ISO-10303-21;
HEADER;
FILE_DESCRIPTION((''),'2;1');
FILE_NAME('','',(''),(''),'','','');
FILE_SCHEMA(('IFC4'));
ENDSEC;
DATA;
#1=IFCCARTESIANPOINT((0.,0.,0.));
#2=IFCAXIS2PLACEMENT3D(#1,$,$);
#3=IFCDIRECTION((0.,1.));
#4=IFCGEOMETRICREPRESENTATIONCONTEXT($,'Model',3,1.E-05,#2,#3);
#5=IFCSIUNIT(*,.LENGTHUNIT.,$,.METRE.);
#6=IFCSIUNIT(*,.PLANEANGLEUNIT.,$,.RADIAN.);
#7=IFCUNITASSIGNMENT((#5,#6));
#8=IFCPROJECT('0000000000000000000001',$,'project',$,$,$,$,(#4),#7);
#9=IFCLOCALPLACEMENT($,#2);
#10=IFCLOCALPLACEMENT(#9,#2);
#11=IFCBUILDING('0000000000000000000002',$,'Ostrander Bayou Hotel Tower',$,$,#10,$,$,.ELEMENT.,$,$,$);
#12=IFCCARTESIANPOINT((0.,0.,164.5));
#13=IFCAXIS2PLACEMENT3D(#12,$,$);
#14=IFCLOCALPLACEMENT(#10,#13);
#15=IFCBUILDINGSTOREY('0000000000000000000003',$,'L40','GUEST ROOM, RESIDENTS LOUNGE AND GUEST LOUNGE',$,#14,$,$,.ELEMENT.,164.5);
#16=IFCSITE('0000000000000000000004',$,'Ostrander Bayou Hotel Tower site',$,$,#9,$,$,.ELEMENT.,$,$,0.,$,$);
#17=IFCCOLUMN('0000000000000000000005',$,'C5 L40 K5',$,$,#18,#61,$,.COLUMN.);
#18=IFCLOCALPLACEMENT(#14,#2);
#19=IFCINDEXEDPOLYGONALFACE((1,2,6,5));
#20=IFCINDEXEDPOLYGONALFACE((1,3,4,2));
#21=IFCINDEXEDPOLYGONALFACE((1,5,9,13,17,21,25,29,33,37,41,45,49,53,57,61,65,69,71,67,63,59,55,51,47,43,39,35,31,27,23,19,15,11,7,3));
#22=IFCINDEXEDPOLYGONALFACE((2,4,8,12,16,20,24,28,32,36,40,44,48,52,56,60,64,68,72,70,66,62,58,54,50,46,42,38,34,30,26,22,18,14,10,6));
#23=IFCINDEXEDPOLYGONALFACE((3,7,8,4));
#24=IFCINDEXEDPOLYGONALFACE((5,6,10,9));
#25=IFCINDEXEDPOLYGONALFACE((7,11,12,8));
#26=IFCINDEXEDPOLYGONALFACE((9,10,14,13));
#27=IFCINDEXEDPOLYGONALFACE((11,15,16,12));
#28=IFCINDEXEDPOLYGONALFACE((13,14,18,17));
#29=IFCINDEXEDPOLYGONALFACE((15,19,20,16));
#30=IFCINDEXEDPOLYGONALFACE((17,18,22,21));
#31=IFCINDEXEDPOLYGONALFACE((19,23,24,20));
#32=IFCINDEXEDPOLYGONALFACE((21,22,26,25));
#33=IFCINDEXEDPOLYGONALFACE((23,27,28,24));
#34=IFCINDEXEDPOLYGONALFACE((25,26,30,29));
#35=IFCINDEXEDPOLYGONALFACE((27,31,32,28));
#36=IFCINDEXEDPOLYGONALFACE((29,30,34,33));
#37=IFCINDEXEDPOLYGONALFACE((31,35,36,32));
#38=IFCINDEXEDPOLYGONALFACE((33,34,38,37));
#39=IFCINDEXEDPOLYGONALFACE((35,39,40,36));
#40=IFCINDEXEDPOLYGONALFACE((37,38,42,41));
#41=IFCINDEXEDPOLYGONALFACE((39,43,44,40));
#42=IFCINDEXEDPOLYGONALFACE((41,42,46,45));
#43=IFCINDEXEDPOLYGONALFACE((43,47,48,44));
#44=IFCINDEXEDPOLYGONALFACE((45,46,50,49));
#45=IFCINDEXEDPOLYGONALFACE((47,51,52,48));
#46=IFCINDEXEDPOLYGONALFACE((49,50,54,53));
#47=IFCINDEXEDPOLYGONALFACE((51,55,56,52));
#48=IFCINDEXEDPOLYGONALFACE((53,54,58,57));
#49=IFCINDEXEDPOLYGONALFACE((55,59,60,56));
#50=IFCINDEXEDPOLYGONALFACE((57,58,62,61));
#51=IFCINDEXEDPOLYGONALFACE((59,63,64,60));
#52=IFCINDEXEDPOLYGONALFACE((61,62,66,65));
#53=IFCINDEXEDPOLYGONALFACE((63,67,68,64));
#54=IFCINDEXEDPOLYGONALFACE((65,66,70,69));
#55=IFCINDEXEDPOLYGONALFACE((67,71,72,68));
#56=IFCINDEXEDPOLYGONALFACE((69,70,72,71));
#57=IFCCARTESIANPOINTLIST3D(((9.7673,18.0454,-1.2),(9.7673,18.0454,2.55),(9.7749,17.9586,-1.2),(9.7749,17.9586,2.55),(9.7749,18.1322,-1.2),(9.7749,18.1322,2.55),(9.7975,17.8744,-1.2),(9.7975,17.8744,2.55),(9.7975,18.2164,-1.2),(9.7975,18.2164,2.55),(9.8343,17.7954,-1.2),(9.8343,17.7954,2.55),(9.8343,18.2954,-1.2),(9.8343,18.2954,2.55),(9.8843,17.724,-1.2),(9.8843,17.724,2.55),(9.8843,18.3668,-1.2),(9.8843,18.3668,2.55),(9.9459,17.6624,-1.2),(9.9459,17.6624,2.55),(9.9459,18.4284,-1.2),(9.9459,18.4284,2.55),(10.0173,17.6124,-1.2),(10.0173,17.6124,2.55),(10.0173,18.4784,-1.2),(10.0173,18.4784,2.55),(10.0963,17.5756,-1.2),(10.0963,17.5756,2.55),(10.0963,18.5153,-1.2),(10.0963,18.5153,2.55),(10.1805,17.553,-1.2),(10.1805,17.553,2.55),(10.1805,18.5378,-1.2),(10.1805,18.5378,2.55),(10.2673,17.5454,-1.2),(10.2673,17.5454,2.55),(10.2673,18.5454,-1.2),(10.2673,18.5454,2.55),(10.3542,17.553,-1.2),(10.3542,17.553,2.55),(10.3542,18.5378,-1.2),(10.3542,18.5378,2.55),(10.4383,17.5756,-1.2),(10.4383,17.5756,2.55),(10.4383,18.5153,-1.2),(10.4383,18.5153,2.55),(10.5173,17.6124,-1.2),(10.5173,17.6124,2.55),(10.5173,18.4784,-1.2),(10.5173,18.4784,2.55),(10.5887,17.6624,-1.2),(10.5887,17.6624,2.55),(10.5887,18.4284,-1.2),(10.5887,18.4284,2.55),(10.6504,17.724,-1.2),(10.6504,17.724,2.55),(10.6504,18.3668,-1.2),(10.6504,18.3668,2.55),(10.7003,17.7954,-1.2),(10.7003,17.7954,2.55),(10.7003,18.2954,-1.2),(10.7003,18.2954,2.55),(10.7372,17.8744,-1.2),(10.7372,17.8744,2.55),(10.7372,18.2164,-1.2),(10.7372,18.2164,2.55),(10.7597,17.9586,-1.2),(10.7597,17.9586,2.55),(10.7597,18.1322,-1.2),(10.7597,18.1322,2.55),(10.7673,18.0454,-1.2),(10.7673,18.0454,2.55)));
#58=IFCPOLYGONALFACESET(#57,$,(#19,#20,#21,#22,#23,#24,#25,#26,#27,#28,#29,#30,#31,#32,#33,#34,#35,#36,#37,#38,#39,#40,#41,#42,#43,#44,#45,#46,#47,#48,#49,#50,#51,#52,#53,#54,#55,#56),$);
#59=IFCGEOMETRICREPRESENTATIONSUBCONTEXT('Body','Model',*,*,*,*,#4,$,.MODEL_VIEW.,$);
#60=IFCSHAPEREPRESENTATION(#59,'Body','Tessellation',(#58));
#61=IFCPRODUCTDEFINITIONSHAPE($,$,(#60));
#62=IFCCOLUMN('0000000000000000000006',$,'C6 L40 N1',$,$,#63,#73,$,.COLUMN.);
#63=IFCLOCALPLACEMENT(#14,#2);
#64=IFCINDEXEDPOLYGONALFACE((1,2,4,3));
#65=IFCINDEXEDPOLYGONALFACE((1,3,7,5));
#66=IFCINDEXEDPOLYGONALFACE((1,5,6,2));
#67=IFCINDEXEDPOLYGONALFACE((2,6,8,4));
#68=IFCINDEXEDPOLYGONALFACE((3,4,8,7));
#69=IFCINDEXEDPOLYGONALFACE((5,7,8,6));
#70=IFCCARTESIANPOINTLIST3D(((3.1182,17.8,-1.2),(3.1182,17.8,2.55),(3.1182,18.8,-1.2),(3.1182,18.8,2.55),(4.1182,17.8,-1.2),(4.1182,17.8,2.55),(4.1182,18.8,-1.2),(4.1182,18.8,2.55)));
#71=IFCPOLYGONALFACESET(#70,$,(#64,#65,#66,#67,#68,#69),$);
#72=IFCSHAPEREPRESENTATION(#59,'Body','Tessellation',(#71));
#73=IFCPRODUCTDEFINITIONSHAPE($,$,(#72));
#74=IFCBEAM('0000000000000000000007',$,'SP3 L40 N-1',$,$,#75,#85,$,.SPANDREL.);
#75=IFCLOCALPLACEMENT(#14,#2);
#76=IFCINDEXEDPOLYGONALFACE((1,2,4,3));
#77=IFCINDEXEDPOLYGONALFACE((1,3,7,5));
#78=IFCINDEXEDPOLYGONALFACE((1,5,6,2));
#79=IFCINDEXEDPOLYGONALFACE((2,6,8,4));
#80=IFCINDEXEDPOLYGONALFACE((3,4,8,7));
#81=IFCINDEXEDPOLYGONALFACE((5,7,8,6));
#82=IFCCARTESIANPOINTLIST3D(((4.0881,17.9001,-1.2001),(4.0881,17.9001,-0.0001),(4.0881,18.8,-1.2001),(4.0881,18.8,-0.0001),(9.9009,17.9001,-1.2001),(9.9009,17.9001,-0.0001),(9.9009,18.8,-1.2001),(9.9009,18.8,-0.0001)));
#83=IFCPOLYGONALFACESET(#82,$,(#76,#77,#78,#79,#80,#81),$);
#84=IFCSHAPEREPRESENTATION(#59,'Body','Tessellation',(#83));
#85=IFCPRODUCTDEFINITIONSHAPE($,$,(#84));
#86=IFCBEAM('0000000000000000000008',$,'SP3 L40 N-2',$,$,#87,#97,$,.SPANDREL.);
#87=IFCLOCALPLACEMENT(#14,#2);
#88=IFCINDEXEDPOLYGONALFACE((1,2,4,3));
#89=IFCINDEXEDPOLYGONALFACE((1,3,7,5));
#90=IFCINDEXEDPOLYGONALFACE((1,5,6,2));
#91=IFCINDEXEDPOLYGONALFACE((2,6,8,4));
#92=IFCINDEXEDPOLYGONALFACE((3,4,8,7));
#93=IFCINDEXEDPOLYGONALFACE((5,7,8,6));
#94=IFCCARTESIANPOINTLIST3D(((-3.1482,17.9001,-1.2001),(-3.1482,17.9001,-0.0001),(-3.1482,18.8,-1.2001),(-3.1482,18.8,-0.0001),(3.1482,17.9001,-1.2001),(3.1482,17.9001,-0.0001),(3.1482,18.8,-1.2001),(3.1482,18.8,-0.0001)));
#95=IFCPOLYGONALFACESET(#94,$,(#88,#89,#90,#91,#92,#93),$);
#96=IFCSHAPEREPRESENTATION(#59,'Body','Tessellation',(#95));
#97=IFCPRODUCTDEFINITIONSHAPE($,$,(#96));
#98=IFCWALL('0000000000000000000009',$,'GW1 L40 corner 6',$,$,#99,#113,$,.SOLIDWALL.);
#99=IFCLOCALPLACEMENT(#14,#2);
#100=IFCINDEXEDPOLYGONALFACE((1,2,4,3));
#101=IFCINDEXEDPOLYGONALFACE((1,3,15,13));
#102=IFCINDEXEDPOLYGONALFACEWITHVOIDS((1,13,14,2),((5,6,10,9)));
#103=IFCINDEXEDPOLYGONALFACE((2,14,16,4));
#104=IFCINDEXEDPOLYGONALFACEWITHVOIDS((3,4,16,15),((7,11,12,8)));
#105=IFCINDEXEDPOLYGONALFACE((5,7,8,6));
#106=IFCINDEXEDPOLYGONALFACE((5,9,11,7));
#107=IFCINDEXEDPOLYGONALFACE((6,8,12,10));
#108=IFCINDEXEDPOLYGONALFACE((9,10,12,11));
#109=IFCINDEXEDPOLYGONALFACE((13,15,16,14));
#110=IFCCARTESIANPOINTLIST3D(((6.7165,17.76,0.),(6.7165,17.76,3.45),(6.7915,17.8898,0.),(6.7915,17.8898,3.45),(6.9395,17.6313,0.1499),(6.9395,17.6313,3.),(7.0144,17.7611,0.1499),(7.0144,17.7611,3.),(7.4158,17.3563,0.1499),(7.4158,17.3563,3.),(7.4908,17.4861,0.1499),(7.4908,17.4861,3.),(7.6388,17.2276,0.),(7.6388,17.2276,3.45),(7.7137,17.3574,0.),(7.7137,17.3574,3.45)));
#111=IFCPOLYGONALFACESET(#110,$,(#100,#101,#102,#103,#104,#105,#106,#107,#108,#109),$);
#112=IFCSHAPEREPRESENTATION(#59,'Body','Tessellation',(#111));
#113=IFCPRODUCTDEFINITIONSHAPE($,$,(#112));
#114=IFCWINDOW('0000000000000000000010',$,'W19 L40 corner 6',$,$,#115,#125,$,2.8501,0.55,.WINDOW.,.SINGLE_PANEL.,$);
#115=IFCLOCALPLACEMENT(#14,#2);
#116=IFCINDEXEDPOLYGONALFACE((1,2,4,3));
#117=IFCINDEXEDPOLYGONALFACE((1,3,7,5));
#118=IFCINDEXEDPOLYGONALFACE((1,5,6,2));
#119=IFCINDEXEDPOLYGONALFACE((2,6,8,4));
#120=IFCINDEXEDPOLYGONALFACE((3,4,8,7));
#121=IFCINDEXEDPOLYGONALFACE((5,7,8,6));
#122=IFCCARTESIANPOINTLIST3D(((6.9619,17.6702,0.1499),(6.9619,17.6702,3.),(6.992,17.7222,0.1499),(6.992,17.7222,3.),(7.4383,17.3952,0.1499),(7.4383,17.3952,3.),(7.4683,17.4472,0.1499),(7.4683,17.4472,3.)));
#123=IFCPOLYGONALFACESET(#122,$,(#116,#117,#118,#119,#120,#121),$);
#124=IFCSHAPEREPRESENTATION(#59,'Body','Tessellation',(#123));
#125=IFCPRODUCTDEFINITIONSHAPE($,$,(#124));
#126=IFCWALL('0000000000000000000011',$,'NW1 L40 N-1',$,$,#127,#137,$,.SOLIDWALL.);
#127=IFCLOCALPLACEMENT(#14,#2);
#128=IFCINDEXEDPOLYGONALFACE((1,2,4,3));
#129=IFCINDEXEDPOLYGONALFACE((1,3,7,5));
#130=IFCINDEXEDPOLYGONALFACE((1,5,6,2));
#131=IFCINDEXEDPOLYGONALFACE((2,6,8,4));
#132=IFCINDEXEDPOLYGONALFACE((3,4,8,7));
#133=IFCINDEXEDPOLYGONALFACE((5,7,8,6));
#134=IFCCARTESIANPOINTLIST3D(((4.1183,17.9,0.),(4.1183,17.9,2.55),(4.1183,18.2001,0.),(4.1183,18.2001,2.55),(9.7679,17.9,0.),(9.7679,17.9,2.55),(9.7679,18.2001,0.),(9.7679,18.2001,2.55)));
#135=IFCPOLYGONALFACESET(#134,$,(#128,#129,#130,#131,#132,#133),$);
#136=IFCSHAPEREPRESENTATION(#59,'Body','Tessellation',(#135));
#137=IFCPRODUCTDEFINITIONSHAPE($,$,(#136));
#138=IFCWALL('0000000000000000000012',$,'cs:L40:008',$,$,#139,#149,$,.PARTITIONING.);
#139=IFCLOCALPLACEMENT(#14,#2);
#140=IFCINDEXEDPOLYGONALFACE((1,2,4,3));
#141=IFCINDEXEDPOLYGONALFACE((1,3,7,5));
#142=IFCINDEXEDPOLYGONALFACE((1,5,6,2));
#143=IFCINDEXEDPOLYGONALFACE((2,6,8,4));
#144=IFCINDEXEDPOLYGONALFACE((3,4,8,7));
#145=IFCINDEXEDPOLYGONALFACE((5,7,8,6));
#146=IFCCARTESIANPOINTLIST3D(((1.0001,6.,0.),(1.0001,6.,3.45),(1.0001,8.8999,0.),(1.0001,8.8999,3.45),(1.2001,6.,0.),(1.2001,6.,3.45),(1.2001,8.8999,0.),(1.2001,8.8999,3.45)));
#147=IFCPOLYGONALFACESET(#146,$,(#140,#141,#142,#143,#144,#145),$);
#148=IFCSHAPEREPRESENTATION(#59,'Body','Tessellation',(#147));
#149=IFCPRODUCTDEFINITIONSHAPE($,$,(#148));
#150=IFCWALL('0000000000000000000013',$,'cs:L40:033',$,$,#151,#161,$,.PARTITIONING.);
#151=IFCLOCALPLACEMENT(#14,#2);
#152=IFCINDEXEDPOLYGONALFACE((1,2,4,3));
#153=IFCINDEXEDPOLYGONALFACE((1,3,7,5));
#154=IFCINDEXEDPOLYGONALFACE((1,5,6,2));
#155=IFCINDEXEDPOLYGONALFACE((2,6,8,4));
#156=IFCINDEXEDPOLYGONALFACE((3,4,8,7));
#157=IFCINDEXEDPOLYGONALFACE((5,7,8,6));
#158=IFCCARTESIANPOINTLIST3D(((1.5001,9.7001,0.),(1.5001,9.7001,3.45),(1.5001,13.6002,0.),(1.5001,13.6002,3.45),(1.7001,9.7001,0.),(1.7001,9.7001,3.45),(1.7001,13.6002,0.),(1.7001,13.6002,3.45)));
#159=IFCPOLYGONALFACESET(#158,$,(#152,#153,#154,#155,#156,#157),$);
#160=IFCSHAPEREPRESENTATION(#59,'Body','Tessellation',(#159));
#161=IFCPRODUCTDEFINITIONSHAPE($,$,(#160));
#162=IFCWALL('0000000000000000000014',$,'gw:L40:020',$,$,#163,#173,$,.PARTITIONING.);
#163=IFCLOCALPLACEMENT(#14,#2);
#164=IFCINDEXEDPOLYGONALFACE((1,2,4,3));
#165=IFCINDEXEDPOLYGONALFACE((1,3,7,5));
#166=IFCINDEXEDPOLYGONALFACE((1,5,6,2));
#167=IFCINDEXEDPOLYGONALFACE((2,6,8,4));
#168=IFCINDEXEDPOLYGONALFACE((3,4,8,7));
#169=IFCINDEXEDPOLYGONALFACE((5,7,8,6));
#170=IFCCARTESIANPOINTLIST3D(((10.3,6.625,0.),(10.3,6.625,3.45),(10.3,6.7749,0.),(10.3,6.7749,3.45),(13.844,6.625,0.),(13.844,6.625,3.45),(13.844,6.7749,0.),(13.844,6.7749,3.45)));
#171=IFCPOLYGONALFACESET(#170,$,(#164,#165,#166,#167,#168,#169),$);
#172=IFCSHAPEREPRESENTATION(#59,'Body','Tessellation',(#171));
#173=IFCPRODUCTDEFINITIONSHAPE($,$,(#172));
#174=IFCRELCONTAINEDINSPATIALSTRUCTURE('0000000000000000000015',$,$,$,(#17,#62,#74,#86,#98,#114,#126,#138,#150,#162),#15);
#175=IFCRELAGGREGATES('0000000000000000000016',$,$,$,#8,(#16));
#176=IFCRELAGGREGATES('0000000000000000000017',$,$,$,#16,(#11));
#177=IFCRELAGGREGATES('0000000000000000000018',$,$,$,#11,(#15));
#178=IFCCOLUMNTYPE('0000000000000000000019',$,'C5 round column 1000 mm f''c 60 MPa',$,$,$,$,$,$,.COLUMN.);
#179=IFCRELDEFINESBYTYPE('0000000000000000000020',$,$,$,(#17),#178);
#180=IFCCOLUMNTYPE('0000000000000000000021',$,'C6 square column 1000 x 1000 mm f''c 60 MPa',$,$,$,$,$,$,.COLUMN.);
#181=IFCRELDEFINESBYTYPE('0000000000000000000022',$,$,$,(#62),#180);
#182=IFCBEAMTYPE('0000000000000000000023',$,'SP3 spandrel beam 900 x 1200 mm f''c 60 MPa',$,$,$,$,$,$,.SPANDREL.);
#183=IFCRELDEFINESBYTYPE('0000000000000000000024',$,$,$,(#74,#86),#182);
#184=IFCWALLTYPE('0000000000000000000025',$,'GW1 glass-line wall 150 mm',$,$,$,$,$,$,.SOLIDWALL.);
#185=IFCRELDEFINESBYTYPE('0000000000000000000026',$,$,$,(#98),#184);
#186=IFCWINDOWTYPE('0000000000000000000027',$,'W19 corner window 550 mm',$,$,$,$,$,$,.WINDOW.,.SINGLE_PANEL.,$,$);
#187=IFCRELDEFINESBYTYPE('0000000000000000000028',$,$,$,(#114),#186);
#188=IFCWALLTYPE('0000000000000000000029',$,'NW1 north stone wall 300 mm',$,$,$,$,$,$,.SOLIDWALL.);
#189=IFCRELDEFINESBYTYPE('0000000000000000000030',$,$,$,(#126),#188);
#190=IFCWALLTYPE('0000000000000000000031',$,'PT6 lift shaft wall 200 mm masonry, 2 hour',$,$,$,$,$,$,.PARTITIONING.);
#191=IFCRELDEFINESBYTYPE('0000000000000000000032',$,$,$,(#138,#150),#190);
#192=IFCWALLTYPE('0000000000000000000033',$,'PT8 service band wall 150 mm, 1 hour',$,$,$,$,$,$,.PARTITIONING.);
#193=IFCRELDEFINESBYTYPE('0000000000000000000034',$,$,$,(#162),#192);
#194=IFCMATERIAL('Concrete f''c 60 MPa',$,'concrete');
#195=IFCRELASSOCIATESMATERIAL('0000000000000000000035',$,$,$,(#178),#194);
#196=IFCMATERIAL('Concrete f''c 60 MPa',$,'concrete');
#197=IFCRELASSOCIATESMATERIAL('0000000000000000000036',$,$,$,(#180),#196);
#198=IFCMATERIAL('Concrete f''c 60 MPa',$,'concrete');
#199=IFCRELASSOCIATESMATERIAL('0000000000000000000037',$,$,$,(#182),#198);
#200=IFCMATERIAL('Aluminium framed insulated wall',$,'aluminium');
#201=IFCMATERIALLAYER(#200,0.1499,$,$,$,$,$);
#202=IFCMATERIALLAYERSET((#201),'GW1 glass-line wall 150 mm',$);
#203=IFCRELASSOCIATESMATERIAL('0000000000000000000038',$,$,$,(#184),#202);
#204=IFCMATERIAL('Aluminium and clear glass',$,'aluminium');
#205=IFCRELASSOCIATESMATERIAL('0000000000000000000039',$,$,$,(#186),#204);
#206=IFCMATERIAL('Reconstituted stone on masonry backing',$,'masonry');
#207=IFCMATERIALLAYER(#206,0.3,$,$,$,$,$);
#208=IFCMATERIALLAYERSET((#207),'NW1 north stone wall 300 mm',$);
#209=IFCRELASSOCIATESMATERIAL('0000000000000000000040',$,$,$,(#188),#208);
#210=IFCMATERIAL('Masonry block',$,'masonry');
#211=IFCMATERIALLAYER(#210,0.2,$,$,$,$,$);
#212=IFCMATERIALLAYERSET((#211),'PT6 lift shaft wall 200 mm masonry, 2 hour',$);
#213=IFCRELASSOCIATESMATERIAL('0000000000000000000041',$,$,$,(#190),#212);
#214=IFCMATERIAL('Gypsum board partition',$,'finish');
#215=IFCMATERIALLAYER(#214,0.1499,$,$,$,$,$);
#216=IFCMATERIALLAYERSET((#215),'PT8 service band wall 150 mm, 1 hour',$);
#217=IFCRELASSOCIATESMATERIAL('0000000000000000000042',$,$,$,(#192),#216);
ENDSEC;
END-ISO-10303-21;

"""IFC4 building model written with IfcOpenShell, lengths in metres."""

from ifc_helpers import new_model, si_unit, direction, frame, frame_2d, origin, origin_2d, place, context, subcontext, project, spatial, rectangle, circle, extrude, material, layer, layer_set, material_profile, profile_set, type_object, element, fill, save


model = new_model("IFC4")

# Units and contexts
model_context = context("Model", 3, precision=1e-05, world=origin(), true_north=direction((0.0, 1.0)))
body_context = subcontext(model_context, "Body", "Model", "MODEL_VIEW")
ifc_project = project(units=[si_unit("LENGTHUNIT", "METRE"), si_unit("PLANEANGLEUNIT", "RADIAN")], contexts=[model_context])

# Site, building, storey
site_placement = place(None, origin())
site = spatial("IfcSite", under=ifc_project, at=site_placement, Name="Ostrander Bayou Hotel Tower site", CompositionType="ELEMENT", RefElevation=0.0)
building_placement = place(site_placement, origin())
building = spatial("IfcBuilding", under=site, at=building_placement, Name="Ostrander Bayou Hotel Tower", CompositionType="ELEMENT")
storey_placement = place(building_placement, frame((0.0, 0.0, 164.5)))
storey = spatial("IfcBuildingStorey", under=building, at=storey_placement, Name="L40", Description="GUEST ROOM, RESIDENTS LOUNGE AND GUEST LOUNGE", CompositionType="ELEMENT", Elevation=164.5)

# Columns
ifc_material_1 = material(Name="Concrete f'c 60 MPa", Category="concrete")
ifc_material_profile_1 = material_profile(ifc_material_1, circle(Radius=0.5, at=origin_2d()))
ifc_profile_set_1 = profile_set([ifc_material_profile_1], Name="Concrete f'c 60 MPa")
column_type_1 = type_object("IfcColumnType", Name="C5 round column 1000 mm f'c 60 MPa", PredefinedType="COLUMN", material=ifc_profile_set_1)
column_1_placement = place(storey_placement, frame((10.2673, 18.0454, -1.2), z_axis=(0.0, 0.0, 1.0), x_axis=(1.0, 0.0, 0.0)))
element("IfcColumn", 1, at=column_1_placement, inside=storey, type_object=column_type_1, Name="C5 L40 K5", PredefinedType="COLUMN", context=body_context, shape_type="SweptSolid", body=[
    extrude(circle(Radius=0.5, at=origin_2d()), origin(), (0.0, 0.0, 1.0), 3.75),
])
ifc_material_2 = material(Name="Concrete f'c 60 MPa", Category="concrete")
ifc_material_profile_2 = material_profile(ifc_material_2, rectangle(XDim=1.0, YDim=1.0, at=origin_2d()))
ifc_profile_set_2 = profile_set([ifc_material_profile_2], Name="Concrete f'c 60 MPa")
column_type_2 = type_object("IfcColumnType", Name="C6 square column 1000 x 1000 mm f'c 60 MPa", PredefinedType="COLUMN", material=ifc_profile_set_2)
column_2_placement = place(storey_placement, frame((3.6182, 18.3, -1.2), z_axis=(0.0, 0.0, 1.0), x_axis=(1.0, 0.0, 0.0)))
element("IfcColumn", 2, at=column_2_placement, inside=storey, type_object=column_type_2, Name="C6 L40 N1", PredefinedType="COLUMN", context=body_context, shape_type="SweptSolid", body=[
    extrude(rectangle(XDim=1.0, YDim=1.0, at=origin_2d()), origin(), (0.0, 0.0, 1.0), 3.75),
])

# Beams
ifc_material_3 = material(Name="Concrete f'c 60 MPa", Category="concrete")
ifc_material_profile_3 = material_profile(ifc_material_3, rectangle(XDim=0.8999, YDim=1.2, at=origin_2d()))
ifc_profile_set_3 = profile_set([ifc_material_profile_3], Name="Concrete f'c 60 MPa")
beam_type = type_object("IfcBeamType", Name="SP3 spandrel beam 900 x 1200 mm f'c 60 MPa", PredefinedType="SPANDREL", material=ifc_profile_set_3)
beam_1_placement = place(storey_placement, frame((9.9009, 18.3501, -0.6001), z_axis=(-1.0, 0.0, 0.0), x_axis=(0.0, -1.0, 0.0)))
element("IfcBeam", 3, at=beam_1_placement, inside=storey, type_object=beam_type, Name="SP3 L40 N-1", PredefinedType="SPANDREL", context=body_context, shape_type="SweptSolid", body=[
    extrude(rectangle(XDim=0.8999, YDim=1.2, at=origin_2d()), origin(), (0.0, 0.0, 1.0), 5.8127),
])
beam_2_placement = place(storey_placement, frame((3.1482, 18.3501, -0.6001), z_axis=(-1.0, 0.0, 0.0), x_axis=(0.0, -1.0, 0.0)))
element("IfcBeam", 4, at=beam_2_placement, inside=storey, type_object=beam_type, Name="SP3 L40 N-2", PredefinedType="SPANDREL", context=body_context, shape_type="SweptSolid", body=[
    extrude(rectangle(XDim=0.8999, YDim=1.2, at=origin_2d()), origin(), (0.0, 0.0, 1.0), 6.2964),
])

# Wall, opening, window
ifc_material_4 = material(Name="Aluminium framed insulated wall", Category="aluminium")
ifc_layer_1 = layer(ifc_material_4, 0.1499)
ifc_layer_set_1 = layer_set([ifc_layer_1], Name="GW1 glass-line wall 150 mm")
wall_type_1 = type_object("IfcWallType", Name="GW1 glass-line wall 150 mm", PredefinedType="SOLIDWALL", material=ifc_layer_set_1)
wall_1_placement = place(storey_placement, frame((7.6763, 17.2925, 0.0), z_axis=(0.0, 0.0, 1.0), x_axis=(-0.866048, 0.499961, 0.0)))
wall_1 = element("IfcWall", 5, at=wall_1_placement, inside=storey, type_object=wall_type_1, Name="GW1 L40 corner 6", PredefinedType="SOLIDWALL", context=body_context, shape_type="SweptSolid", body=[
    extrude(rectangle(XDim=1.0649, YDim=0.1499, at=frame_2d((0.5325, 0.0))), origin(), (0.0, 0.0, 1.0), 3.45),
])
opening_1_placement = place(wall_1_placement, frame((0.2576, 0.0, 0.1499)))
opening_1 = element("IfcOpeningElement", 6, at=opening_1_placement, cuts=wall_1, PredefinedType="OPENING", context=body_context, shape_type="SweptSolid", body=[
    extrude(rectangle(XDim=0.55, YDim=2.8501, at=frame_2d((0.2749, 1.425))), frame((0.0, 0.075, 0.0), z_axis=(0.0, -1.0, 0.0), x_axis=(1.0, 0.0, 0.0)), (0.0, 0.0, 1.0), 0.1499),
])
ifc_material_5 = material(Name="Aluminium and clear glass", Category="aluminium")
window_type_1 = type_object("IfcWindowType", Name="W19 corner window 550 mm", PartitioningType="SINGLE_PANEL", PredefinedType="WINDOW", material=ifc_material_5)
window_1_placement = place(opening_1_placement, origin())
window_1 = element("IfcWindow", 7, at=window_1_placement, inside=storey, type_object=window_type_1, Name="W19 L40 corner 6", OverallHeight=2.8501, OverallWidth=0.55, PartitioningType="SINGLE_PANEL", PredefinedType="WINDOW", context=body_context, shape_type="SweptSolid", body=[
    extrude(rectangle(XDim=0.55, YDim=2.8501, at=frame_2d((0.2749, 1.425))), frame((0.0, 0.03, 0.0), z_axis=(0.0, -1.0, 0.0), x_axis=(1.0, 0.0, 0.0)), (0.0, 0.0, 1.0), 0.0601),
])
fill(opening_1, window_1)

# Wall
ifc_material_6 = material(Name="Reconstituted stone on masonry backing", Category="masonry")
ifc_layer_2 = layer(ifc_material_6, 0.3)
ifc_layer_set_2 = layer_set([ifc_layer_2], Name="NW1 north stone wall 300 mm")
wall_type_2 = type_object("IfcWallType", Name="NW1 north stone wall 300 mm", PredefinedType="SOLIDWALL", material=ifc_layer_set_2)
wall_2_placement = place(storey_placement, frame((9.7678, 18.05, 0.0), z_axis=(0.0, 0.0, 1.0), x_axis=(-1.0, 0.0, 0.0)))
element("IfcWall", 8, at=wall_2_placement, inside=storey, type_object=wall_type_2, Name="NW1 L40 N-1", PredefinedType="SOLIDWALL", context=body_context, shape_type="SweptSolid", body=[
    extrude(rectangle(XDim=5.6497, YDim=0.3, at=frame_2d((2.8247, 0.0))), origin(), (0.0, 0.0, 1.0), 2.55),
])

# Shared definitions
ifc_material_7 = material(Name="Masonry block", Category="masonry")
ifc_layer_3 = layer(ifc_material_7, 0.2)
ifc_layer_set_3 = layer_set([ifc_layer_3], Name="PT6 lift shaft wall 200 mm masonry, 2 hour")
wall_type_3 = type_object("IfcWallType", Name="PT6 lift shaft wall 200 mm masonry, 2 hour", PredefinedType="PARTITIONING", material=ifc_layer_set_3)

# Walls
wall_3_placement = place(storey_placement, frame((1.1001, 6.0, 0.0), z_axis=(0.0, 0.0, 1.0), x_axis=(0.0, 1.0, 0.0)))
element("IfcWall", 9, at=wall_3_placement, inside=storey, type_object=wall_type_3, Name="cs:L40:008", PredefinedType="PARTITIONING", context=body_context, shape_type="SweptSolid", body=[
    extrude(rectangle(XDim=2.8999, YDim=0.2, at=frame_2d((1.45, 0.0))), origin(), (0.0, 0.0, 1.0), 3.45),
])
wall_4_placement = place(storey_placement, frame((1.6001, 9.7, 0.0), z_axis=(0.0, 0.0, 1.0), x_axis=(0.0, 1.0, 0.0)))
element("IfcWall", 10, at=wall_4_placement, inside=storey, type_object=wall_type_3, Name="cs:L40:033", PredefinedType="PARTITIONING", context=body_context, shape_type="SweptSolid", body=[
    extrude(rectangle(XDim=3.9001, YDim=0.2, at=frame_2d((1.9502, 0.0))), origin(), (0.0, 0.0, 1.0), 3.45),
])
ifc_material_8 = material(Name="Gypsum board partition", Category="finish")
ifc_layer_4 = layer(ifc_material_8, 0.1499)
ifc_layer_set_4 = layer_set([ifc_layer_4], Name="PT8 service band wall 150 mm, 1 hour")
wall_type_4 = type_object("IfcWallType", Name="PT8 service band wall 150 mm, 1 hour", PredefinedType="PARTITIONING", material=ifc_layer_set_4)
wall_5_placement = place(storey_placement, frame((10.3, 6.7, 0.0), z_axis=(0.0, 0.0, 1.0), x_axis=(1.0, 0.0, 0.0)))
element("IfcWall", 11, at=wall_5_placement, inside=storey, type_object=wall_type_4, Name="gw:L40:020", PredefinedType="PARTITIONING", context=body_context, shape_type="SweptSolid", body=[
    extrude(rectangle(XDim=3.5439, YDim=0.1499, at=frame_2d((1.772, 0.0))), origin(), (0.0, 0.0, 1.0), 3.45),
])

save(model, "model.ifc")
